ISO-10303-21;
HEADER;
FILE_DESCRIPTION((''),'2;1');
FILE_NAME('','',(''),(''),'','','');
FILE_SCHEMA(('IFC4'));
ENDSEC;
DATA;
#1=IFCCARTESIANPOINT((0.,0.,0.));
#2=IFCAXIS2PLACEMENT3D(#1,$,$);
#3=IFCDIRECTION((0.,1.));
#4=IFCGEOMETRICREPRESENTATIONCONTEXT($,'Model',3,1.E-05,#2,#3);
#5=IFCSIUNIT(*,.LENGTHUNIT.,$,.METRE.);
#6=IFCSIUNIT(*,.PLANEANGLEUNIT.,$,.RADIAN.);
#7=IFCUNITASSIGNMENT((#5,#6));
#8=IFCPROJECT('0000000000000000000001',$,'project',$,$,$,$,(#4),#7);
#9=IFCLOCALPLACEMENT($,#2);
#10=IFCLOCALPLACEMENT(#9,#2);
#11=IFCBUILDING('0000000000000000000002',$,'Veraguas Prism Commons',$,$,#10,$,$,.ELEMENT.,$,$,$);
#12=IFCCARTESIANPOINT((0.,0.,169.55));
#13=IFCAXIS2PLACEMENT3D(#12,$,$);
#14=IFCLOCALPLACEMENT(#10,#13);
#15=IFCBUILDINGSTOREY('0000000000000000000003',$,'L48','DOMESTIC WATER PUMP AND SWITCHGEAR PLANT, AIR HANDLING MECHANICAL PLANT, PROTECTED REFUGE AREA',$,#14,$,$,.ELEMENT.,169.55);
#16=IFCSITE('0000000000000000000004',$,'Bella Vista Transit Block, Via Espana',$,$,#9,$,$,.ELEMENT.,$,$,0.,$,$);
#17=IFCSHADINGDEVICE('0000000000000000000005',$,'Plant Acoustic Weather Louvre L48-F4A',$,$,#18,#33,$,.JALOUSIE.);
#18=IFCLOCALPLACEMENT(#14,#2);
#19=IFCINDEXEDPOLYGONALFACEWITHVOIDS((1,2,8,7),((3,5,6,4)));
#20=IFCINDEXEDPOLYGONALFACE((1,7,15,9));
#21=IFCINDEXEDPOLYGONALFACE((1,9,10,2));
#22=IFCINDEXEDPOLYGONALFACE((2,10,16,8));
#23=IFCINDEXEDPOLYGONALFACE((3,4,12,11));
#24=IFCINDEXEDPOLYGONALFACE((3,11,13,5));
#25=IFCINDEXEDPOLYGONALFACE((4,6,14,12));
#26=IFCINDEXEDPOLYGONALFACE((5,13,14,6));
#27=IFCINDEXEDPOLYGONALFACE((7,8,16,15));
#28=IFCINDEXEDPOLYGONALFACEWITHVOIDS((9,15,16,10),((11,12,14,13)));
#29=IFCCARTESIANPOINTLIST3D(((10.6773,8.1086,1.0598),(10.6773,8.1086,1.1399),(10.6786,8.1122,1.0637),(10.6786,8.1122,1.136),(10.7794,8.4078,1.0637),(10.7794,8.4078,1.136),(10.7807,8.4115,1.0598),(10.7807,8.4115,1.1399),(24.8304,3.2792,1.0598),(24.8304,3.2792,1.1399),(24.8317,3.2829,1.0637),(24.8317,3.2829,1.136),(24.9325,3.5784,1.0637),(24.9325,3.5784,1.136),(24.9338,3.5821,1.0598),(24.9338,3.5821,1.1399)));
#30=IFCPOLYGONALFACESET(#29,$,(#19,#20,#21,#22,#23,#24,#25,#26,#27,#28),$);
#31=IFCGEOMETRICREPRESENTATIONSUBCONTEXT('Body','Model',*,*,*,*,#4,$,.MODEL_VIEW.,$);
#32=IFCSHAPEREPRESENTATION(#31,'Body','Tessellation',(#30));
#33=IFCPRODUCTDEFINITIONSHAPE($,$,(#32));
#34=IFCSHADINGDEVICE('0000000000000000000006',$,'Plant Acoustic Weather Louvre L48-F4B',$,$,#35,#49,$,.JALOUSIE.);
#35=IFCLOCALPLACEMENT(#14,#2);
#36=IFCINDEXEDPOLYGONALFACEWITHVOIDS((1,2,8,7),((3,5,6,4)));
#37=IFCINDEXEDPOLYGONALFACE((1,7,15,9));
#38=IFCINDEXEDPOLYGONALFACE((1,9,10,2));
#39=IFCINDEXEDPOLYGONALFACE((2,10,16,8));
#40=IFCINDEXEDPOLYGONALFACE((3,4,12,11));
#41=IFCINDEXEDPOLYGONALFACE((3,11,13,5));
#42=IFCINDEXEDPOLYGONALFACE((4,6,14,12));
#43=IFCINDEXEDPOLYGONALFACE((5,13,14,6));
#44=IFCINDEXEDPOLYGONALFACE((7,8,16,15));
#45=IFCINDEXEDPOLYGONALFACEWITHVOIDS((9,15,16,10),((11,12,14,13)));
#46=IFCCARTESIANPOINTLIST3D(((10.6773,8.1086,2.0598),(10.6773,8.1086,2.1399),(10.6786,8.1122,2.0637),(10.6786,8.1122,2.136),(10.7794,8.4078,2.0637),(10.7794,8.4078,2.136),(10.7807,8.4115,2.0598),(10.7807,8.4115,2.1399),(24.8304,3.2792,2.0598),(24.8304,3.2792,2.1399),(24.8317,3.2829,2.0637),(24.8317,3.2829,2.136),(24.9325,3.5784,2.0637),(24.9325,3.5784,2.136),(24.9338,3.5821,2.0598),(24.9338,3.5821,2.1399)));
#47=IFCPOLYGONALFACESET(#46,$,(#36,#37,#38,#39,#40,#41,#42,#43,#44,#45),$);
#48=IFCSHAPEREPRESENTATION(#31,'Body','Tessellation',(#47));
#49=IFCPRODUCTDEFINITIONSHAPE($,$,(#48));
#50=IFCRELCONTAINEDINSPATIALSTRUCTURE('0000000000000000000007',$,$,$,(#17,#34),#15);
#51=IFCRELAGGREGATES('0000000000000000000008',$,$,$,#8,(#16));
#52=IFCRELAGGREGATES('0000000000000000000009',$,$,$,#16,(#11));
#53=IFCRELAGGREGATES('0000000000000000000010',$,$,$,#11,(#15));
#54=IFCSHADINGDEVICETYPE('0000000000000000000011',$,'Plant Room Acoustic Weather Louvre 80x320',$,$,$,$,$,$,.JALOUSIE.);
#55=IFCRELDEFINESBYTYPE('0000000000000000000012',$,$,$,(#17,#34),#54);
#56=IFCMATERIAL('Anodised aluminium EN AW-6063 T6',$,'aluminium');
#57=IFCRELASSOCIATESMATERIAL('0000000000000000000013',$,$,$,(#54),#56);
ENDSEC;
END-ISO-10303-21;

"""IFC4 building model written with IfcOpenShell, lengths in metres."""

from ifc_helpers import new_model, si_unit, direction, frame, origin, origin_2d, place, context, subcontext, project, spatial, hollow_rectangle, extrude, material, material_profile, profile_set, type_object, element, save


model = new_model("IFC4")

# Units and contexts
model_context = context("Model", 3, precision=1e-05, world=origin(), true_north=direction((0.0, 1.0)))
body_context = subcontext(model_context, "Body", "Model", "MODEL_VIEW")
ifc_project = project(units=[si_unit("LENGTHUNIT", "METRE"), si_unit("PLANEANGLEUNIT", "RADIAN")], contexts=[model_context])

# Site, building, storey
site_placement = place(None, origin())
site = spatial("IfcSite", under=ifc_project, at=site_placement, Name="Bella Vista Transit Block, Via Espana", CompositionType="ELEMENT", RefElevation=0.0)
building_placement = place(site_placement, origin())
building = spatial("IfcBuilding", under=site, at=building_placement, Name="Veraguas Prism Commons", CompositionType="ELEMENT")
storey_placement = place(building_placement, frame((0.0, 0.0, 169.55)))
storey = spatial("IfcBuildingStorey", under=building, at=storey_placement, Name="L48", Description="DOMESTIC WATER PUMP AND SWITCHGEAR PLANT, AIR HANDLING MECHANICAL PLANT, PROTECTED REFUGE AREA", CompositionType="ELEMENT", Elevation=169.55)

# Shared definitions
ifc_material_1 = material(Name="Anodised aluminium EN AW-6063 T6", Category="aluminium")

# Shading devices
ifc_material_profile_1 = material_profile(ifc_material_1, hollow_rectangle(XDim=0.0801, YDim=0.3201, WallThickness=0.0039, at=origin_2d()), Name="LVR80X320X4")
ifc_profile_set_1 = profile_set([ifc_material_profile_1], Name="Anodised aluminium EN AW-6063 T6")
shading_device_type_1 = type_object("IfcShadingDeviceType", Name="Plant Room Acoustic Weather Louvre 80x320", PredefinedType="JALOUSIE", material=ifc_profile_set_1)
for number, where, z_axis, x_axis, name in (
    (1, (10.729, 8.26, 1.0999), (0.94642, -0.32294, 0.0), (0.0, 0.0, 1.0), "Plant Acoustic Weather Louvre L48-F4A"),
    (2, (10.729, 8.26, 2.0999), (0.94642, -0.32294, 0.0), (0.0, 0.0, 1.0), "Plant Acoustic Weather Louvre L48-F4B"),
):
    element("IfcShadingDevice", number, at=place(storey_placement, frame(where, z_axis=z_axis, x_axis=x_axis)), inside=storey, type_object=shading_device_type_1, Name=name, PredefinedType="JALOUSIE", context=body_context, shape_type="SweptSolid", body=[
        extrude(hollow_rectangle(XDim=0.0801, YDim=0.3201, WallThickness=0.0039, at=origin_2d()), origin(), (0.0, 0.0, 1.0), 14.9543),
    ])

save(model, "model.ifc")
